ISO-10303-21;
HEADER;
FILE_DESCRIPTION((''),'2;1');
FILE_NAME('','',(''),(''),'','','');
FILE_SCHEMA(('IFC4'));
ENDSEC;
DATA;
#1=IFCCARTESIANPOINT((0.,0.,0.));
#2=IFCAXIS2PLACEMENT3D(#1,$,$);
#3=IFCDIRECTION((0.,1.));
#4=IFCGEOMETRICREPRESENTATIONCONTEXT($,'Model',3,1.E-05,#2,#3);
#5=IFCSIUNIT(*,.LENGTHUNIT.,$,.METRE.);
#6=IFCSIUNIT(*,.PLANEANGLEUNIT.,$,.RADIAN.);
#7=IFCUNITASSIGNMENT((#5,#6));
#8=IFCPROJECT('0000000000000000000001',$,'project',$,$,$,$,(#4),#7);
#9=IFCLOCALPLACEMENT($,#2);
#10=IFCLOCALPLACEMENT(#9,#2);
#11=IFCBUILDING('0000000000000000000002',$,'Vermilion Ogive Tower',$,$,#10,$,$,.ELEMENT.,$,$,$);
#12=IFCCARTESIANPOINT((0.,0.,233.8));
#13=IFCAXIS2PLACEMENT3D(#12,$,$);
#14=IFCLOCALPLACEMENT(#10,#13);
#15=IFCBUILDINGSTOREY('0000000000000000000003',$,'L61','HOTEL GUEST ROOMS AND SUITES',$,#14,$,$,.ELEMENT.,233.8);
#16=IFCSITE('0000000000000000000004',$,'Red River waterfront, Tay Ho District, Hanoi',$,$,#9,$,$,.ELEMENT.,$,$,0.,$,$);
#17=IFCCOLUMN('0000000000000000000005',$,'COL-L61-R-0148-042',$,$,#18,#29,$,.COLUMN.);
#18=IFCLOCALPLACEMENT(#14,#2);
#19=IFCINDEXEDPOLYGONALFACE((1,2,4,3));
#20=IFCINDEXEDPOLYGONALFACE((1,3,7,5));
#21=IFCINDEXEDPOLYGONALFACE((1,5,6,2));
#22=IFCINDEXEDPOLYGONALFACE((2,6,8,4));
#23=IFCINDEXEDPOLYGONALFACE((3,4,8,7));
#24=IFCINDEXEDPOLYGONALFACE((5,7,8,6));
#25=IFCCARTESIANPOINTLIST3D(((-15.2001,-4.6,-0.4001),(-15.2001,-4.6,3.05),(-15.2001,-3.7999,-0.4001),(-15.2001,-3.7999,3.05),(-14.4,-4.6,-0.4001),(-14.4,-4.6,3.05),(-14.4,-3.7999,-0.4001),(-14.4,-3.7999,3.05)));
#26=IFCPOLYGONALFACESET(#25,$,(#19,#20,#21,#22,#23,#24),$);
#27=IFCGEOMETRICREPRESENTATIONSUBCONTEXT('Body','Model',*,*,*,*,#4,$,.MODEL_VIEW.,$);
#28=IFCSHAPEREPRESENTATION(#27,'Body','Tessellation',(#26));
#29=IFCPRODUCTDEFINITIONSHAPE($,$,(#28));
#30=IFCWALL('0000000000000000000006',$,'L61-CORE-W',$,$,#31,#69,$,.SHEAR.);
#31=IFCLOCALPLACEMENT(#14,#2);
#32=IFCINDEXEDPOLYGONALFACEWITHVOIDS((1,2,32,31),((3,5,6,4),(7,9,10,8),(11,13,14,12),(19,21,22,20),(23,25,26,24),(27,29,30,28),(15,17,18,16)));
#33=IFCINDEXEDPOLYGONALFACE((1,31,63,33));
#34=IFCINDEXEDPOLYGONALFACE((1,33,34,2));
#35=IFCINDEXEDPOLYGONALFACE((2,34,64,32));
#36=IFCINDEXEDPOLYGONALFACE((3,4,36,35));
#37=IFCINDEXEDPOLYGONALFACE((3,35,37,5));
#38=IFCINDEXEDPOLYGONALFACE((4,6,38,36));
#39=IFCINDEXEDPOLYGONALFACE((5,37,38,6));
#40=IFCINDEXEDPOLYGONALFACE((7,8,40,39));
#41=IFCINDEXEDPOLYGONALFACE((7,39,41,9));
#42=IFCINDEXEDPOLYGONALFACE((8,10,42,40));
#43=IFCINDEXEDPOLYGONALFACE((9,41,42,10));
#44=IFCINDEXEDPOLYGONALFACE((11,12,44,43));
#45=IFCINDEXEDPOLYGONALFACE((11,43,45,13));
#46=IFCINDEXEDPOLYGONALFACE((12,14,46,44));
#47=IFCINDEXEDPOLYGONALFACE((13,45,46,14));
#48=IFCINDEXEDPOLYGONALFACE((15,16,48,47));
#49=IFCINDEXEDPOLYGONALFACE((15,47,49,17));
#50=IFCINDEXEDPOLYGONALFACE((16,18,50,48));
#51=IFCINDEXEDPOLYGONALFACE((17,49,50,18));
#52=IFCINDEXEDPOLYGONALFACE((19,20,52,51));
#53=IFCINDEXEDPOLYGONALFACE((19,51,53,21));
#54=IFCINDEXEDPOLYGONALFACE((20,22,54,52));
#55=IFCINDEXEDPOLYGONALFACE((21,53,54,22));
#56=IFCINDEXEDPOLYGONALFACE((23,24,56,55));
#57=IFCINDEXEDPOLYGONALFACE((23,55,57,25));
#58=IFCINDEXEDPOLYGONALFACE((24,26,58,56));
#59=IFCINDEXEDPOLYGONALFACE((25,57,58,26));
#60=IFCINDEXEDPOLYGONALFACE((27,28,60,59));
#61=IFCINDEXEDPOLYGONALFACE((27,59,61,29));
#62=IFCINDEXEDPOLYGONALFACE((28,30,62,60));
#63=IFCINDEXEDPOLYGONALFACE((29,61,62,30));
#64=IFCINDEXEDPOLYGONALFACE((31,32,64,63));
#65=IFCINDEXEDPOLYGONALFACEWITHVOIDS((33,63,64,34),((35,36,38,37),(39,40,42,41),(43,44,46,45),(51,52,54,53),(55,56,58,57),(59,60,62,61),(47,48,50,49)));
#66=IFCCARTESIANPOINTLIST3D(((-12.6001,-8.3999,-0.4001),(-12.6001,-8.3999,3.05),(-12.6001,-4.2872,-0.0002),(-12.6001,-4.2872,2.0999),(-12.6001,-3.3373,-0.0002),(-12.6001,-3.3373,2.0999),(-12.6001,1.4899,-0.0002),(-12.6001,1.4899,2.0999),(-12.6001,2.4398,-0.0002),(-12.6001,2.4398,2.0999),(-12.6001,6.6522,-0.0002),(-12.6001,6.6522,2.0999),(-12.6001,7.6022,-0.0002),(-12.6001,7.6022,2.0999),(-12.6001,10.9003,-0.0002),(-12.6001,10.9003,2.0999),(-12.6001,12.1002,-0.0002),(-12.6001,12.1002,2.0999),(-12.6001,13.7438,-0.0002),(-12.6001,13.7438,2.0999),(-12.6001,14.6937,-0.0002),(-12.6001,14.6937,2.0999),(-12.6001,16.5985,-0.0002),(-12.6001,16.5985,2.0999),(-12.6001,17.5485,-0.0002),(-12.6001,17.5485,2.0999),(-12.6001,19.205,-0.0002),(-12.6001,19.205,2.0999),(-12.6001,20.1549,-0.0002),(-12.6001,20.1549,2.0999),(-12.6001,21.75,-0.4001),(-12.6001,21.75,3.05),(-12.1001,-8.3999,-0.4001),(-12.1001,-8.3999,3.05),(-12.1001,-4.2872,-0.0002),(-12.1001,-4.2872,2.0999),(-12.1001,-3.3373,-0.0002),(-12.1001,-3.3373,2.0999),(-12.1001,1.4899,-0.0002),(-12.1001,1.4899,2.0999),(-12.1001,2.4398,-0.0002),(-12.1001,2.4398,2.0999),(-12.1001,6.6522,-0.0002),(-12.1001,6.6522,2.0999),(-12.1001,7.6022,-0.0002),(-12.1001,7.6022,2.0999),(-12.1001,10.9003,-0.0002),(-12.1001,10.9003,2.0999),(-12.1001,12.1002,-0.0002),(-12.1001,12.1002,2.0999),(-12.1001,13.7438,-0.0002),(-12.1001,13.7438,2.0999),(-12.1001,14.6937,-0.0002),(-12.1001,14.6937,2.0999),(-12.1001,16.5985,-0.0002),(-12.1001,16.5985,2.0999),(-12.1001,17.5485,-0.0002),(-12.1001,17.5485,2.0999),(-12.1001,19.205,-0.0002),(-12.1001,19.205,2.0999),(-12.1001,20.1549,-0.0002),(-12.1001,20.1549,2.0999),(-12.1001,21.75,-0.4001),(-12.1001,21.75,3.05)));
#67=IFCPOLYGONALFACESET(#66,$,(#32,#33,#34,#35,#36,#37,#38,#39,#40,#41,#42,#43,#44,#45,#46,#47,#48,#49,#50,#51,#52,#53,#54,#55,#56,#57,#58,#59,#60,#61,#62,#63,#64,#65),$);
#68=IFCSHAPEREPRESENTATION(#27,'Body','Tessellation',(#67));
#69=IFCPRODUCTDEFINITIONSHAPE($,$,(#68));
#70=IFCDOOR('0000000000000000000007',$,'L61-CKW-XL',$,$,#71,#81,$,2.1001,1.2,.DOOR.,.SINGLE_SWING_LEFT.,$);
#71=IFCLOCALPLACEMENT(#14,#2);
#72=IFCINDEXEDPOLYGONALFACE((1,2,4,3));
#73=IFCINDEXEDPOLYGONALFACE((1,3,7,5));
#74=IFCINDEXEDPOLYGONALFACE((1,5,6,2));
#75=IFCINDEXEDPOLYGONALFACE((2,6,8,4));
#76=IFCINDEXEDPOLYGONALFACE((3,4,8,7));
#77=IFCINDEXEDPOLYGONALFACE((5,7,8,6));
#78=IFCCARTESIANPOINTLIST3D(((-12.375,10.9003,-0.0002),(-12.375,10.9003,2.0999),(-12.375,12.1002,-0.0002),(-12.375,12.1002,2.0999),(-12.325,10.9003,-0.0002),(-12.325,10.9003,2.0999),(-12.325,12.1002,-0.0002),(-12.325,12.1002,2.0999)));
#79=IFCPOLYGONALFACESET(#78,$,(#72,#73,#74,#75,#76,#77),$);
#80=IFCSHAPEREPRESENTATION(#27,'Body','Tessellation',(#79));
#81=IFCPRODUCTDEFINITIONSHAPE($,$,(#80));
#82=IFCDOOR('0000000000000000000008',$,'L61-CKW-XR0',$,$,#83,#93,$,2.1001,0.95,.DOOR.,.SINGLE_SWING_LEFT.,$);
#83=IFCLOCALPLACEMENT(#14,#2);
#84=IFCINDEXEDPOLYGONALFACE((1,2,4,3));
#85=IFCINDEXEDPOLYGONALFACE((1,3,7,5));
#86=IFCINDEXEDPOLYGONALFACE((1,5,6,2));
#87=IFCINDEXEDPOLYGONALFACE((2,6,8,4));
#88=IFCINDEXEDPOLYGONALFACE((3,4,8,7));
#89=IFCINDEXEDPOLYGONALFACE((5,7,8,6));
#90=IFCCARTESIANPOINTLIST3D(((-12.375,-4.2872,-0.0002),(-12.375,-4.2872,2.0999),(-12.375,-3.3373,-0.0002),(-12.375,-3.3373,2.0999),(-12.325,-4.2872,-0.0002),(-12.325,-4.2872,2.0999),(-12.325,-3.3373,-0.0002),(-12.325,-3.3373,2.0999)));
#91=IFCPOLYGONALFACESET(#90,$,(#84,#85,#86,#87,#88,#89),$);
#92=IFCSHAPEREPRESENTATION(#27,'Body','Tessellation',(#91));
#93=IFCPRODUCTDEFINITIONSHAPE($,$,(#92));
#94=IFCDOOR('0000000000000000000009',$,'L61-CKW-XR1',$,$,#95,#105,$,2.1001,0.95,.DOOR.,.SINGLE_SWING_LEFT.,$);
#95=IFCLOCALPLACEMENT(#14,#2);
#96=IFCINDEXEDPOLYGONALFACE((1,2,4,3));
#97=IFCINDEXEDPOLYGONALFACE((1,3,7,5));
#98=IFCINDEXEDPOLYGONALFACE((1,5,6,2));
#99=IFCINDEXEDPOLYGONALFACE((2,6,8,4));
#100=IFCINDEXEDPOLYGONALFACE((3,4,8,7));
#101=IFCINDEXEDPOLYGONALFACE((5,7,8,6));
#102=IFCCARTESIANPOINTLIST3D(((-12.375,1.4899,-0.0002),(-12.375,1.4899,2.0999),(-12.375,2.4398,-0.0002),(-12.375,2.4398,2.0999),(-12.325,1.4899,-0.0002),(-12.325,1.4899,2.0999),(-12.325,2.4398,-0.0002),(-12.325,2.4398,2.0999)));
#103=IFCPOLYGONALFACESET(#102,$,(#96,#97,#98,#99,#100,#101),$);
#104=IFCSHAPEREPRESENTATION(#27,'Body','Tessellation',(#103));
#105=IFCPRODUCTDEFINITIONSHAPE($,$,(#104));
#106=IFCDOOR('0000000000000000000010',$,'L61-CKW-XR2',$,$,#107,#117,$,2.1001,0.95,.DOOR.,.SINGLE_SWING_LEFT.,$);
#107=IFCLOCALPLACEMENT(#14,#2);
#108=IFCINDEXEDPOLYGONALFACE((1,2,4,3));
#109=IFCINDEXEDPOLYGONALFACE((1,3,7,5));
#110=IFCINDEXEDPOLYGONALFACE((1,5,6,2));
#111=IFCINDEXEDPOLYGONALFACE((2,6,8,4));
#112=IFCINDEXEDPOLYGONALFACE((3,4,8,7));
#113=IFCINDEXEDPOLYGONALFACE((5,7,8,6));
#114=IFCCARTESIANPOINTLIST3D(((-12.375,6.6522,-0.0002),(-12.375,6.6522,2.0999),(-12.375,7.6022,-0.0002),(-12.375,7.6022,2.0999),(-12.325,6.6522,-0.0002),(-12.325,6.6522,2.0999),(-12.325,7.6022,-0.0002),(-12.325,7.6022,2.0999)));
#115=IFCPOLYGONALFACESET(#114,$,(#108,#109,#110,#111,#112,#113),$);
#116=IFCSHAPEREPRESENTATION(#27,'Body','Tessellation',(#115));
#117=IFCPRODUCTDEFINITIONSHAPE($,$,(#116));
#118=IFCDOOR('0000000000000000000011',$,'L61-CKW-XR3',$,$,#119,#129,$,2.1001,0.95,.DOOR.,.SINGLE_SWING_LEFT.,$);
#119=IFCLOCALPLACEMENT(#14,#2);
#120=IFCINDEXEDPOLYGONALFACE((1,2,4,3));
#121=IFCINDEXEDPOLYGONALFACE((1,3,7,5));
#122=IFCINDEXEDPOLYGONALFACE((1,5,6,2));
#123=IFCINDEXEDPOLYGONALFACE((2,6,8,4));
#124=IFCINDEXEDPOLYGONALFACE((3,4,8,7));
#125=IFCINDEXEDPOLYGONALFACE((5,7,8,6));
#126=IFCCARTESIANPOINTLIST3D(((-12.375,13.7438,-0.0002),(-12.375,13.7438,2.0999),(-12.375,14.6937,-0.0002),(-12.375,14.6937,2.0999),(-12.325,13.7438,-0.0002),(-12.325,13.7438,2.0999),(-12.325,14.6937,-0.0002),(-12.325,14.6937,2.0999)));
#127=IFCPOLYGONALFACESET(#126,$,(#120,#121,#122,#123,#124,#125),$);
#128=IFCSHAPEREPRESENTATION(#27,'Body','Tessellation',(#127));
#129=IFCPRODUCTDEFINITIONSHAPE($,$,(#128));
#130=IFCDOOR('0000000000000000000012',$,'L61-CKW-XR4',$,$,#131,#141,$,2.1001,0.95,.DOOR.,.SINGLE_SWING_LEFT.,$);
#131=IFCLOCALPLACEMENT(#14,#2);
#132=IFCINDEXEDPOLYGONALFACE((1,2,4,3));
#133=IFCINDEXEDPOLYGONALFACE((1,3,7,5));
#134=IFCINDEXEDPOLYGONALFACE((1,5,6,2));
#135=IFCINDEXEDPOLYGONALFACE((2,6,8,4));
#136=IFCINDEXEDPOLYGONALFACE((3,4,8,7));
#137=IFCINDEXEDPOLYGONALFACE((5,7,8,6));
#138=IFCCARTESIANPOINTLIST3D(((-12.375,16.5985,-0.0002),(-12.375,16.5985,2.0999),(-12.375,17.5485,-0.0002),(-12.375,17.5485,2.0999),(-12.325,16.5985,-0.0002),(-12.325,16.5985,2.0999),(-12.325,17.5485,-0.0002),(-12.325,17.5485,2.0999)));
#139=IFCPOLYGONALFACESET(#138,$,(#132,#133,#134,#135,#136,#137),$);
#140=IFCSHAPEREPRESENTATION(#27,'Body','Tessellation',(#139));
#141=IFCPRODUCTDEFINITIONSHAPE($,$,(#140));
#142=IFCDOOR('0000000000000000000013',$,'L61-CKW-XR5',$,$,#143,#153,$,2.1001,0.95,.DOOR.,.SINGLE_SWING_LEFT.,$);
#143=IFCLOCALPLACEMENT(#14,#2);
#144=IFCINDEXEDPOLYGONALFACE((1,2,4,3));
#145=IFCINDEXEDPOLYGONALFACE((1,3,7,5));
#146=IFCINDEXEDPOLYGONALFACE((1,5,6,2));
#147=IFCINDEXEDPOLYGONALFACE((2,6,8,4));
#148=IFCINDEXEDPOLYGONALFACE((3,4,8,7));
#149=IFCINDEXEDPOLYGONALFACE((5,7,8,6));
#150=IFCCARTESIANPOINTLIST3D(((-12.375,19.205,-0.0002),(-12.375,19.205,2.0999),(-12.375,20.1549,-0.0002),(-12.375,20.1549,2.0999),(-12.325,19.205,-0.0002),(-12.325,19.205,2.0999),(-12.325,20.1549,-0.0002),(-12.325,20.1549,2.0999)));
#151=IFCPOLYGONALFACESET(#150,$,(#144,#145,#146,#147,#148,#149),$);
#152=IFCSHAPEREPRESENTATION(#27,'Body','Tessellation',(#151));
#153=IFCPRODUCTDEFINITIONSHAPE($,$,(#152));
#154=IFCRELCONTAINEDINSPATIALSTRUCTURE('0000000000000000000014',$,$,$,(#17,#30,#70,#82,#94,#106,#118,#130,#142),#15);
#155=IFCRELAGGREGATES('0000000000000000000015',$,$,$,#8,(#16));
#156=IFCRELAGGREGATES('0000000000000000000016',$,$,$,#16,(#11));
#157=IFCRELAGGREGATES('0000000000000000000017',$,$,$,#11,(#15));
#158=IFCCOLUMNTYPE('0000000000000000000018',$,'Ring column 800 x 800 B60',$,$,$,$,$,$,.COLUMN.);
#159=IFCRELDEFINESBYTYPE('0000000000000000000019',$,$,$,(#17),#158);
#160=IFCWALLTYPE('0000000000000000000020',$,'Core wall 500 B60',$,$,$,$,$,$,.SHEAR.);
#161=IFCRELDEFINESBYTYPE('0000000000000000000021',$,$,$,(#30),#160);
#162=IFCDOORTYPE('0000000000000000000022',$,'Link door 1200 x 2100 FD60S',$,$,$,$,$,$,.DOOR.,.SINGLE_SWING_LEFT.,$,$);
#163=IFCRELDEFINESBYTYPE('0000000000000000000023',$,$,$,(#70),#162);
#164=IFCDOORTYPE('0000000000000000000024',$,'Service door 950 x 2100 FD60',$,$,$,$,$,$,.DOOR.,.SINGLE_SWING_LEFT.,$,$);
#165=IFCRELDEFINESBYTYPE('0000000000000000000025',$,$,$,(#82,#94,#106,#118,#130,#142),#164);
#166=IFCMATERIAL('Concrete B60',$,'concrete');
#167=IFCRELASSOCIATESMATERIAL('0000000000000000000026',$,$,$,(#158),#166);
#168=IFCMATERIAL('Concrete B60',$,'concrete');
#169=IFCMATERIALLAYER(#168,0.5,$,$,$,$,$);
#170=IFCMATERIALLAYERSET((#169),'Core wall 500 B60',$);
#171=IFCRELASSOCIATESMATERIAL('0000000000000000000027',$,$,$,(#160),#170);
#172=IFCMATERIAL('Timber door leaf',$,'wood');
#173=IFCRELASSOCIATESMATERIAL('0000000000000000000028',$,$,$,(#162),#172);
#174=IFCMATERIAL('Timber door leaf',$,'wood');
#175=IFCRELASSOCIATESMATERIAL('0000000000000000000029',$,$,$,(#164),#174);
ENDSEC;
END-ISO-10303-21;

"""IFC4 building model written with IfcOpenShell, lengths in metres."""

from ifc_helpers import new_model, si_unit, direction, frame, frame_2d, origin, origin_2d, place, context, subcontext, project, spatial, rectangle, extrude, material, layer, layer_set, material_profile, profile_set, type_object, element, fill, save


model = new_model("IFC4")

# Units and contexts
model_context = context("Model", 3, precision=1e-05, world=origin(), true_north=direction((0.0, 1.0)))
body_context = subcontext(model_context, "Body", "Model", "MODEL_VIEW")
ifc_project = project(units=[si_unit("LENGTHUNIT", "METRE"), si_unit("PLANEANGLEUNIT", "RADIAN")], contexts=[model_context])

# Site, building, storey
site_placement = place(None, origin())
site = spatial("IfcSite", under=ifc_project, at=site_placement, Name="Red River waterfront, Tay Ho District, Hanoi", CompositionType="ELEMENT", RefElevation=0.0)
building_placement = place(site_placement, origin())
building = spatial("IfcBuilding", under=site, at=building_placement, Name="Vermilion Ogive Tower", CompositionType="ELEMENT")
storey_placement = place(building_placement, frame((0.0, 0.0, 233.8)))
storey = spatial("IfcBuildingStorey", under=building, at=storey_placement, Name="L61", Description="HOTEL GUEST ROOMS AND SUITES", CompositionType="ELEMENT", Elevation=233.8)

# Column
ifc_material_1 = material(Name="Concrete B60", Category="concrete")
ifc_material_profile = material_profile(ifc_material_1, rectangle(XDim=0.8, YDim=0.8, at=origin_2d()), Name="800 x 800")
ifc_profile_set = profile_set([ifc_material_profile], Name="Concrete B60")
column_type = type_object("IfcColumnType", Name="Ring column 800 x 800 B60", PredefinedType="COLUMN", material=ifc_profile_set)
column_placement = place(storey_placement, frame((-14.8, -4.2, -0.4001), z_axis=(0.0, 0.0, 1.0), x_axis=(1.0, 0.0, 0.0)))
element("IfcColumn", 1, at=column_placement, inside=storey, type_object=column_type, Name="COL-L61-R-0148-042", PredefinedType="COLUMN", context=body_context, shape_type="SweptSolid", body=[
    extrude(rectangle(XDim=0.8, YDim=0.8, at=origin_2d()), origin(), (0.0, 0.0, 1.0), 3.4502),
])

# Wall, openings, doors
ifc_material_2 = material(Name="Concrete B60", Category="concrete")
ifc_layer_1 = layer(ifc_material_2, 0.5)
ifc_layer_set_1 = layer_set([ifc_layer_1], Name="Core wall 500 B60")
wall_type_1 = type_object("IfcWallType", Name="Core wall 500 B60", PredefinedType="SHEAR", material=ifc_layer_set_1)
wall_1_placement = place(storey_placement, frame((-12.3501, -8.3999, -0.4001), z_axis=(0.0, 0.0, 1.0), x_axis=(0.0, 1.0, 0.0)))
wall_1 = element("IfcWall", 2, at=wall_1_placement, inside=storey, type_object=wall_type_1, Name="L61-CORE-W", PredefinedType="SHEAR", context=body_context, shape_type="SweptSolid", body=[
    extrude(rectangle(XDim=30.1499, YDim=0.5, at=frame_2d((15.075, 0.0))), origin(), (0.0, 0.0, 1.0), 3.4502),
])
opening_1_placement = place(wall_1_placement, frame((4.1125, 0.0, 0.3999)))
opening_1 = element("IfcOpeningElement", 3, at=opening_1_placement, cuts=wall_1, PredefinedType="OPENING", context=body_context, shape_type="SweptSolid", body=[
    extrude(rectangle(XDim=0.95, YDim=2.1001, at=frame_2d((0.4751, 1.05))), frame((0.0, 0.26, 0.0), z_axis=(0.0, -1.0, 0.0), x_axis=(1.0, 0.0, 0.0)), (0.0, 0.0, 1.0), 0.52),
])
opening_2_placement = place(wall_1_placement, frame((9.8896, 0.0, 0.3999)))
opening_2 = element("IfcOpeningElement", 4, at=opening_2_placement, cuts=wall_1, PredefinedType="OPENING", context=body_context, shape_type="SweptSolid", body=[
    extrude(rectangle(XDim=0.95, YDim=2.1001, at=frame_2d((0.4751, 1.05))), frame((0.0, 0.26, 0.0), z_axis=(0.0, -1.0, 0.0), x_axis=(1.0, 0.0, 0.0)), (0.0, 0.0, 1.0), 0.52),
])
opening_3_placement = place(wall_1_placement, frame((15.052, 0.0, 0.3999)))
opening_3 = element("IfcOpeningElement", 5, at=opening_3_placement, cuts=wall_1, PredefinedType="OPENING", context=body_context, shape_type="SweptSolid", body=[
    extrude(rectangle(XDim=0.95, YDim=2.1001, at=frame_2d((0.4751, 1.05))), frame((0.0, 0.26, 0.0), z_axis=(0.0, -1.0, 0.0), x_axis=(1.0, 0.0, 0.0)), (0.0, 0.0, 1.0), 0.52),
])
opening_4_placement = place(wall_1_placement, frame((22.1436, 0.0, 0.3999)))
opening_4 = element("IfcOpeningElement", 6, at=opening_4_placement, cuts=wall_1, PredefinedType="OPENING", context=body_context, shape_type="SweptSolid", body=[
    extrude(rectangle(XDim=0.95, YDim=2.1001, at=frame_2d((0.4751, 1.05))), frame((0.0, 0.26, 0.0), z_axis=(0.0, -1.0, 0.0), x_axis=(1.0, 0.0, 0.0)), (0.0, 0.0, 1.0), 0.52),
])
opening_5_placement = place(wall_1_placement, frame((24.9983, 0.0, 0.3999)))
opening_5 = element("IfcOpeningElement", 7, at=opening_5_placement, cuts=wall_1, PredefinedType="OPENING", context=body_context, shape_type="SweptSolid", body=[
    extrude(rectangle(XDim=0.95, YDim=2.1001, at=frame_2d((0.4751, 1.05))), frame((0.0, 0.26, 0.0), z_axis=(0.0, -1.0, 0.0), x_axis=(1.0, 0.0, 0.0)), (0.0, 0.0, 1.0), 0.52),
])
opening_6_placement = place(wall_1_placement, frame((27.6047, 0.0, 0.3999)))
opening_6 = element("IfcOpeningElement", 8, at=opening_6_placement, cuts=wall_1, PredefinedType="OPENING", context=body_context, shape_type="SweptSolid", body=[
    extrude(rectangle(XDim=0.95, YDim=2.1001, at=frame_2d((0.4751, 1.05))), frame((0.0, 0.26, 0.0), z_axis=(0.0, -1.0, 0.0), x_axis=(1.0, 0.0, 0.0)), (0.0, 0.0, 1.0), 0.52),
])
opening_7_placement = place(wall_1_placement, frame((19.3, 0.0, 0.3999)))
opening_7 = element("IfcOpeningElement", 9, at=opening_7_placement, cuts=wall_1, PredefinedType="OPENING", context=body_context, shape_type="SweptSolid", body=[
    extrude(rectangle(XDim=1.2, YDim=2.1001, at=frame_2d((0.6001, 1.05))), frame((0.0, 0.26, 0.0), z_axis=(0.0, -1.0, 0.0), x_axis=(1.0, 0.0, 0.0)), (0.0, 0.0, 1.0), 0.52),
])
ifc_material_3 = material(Name="Timber door leaf", Category="wood")
door_type_1 = type_object("IfcDoorType", Name="Link door 1200 x 2100 FD60S", OperationType="SINGLE_SWING_LEFT", PredefinedType="DOOR", material=ifc_material_3)
door_1_placement = place(opening_7_placement, origin())
door_1 = element("IfcDoor", 10, at=door_1_placement, inside=storey, type_object=door_type_1, Name="L61-CKW-XL", OperationType="SINGLE_SWING_LEFT", OverallHeight=2.1001, OverallWidth=1.2, PredefinedType="DOOR", context=body_context, shape_type="SweptSolid", body=[
    extrude(rectangle(XDim=1.2, YDim=2.1001, at=frame_2d((0.6001, 1.05))), frame((0.0, 0.0249, 0.0), z_axis=(0.0, -1.0, 0.0), x_axis=(1.0, 0.0, 0.0)), (0.0, 0.0, 1.0), 0.05),
])
fill(opening_7, door_1)
ifc_material_4 = material(Name="Timber door leaf", Category="wood")
door_type_2 = type_object("IfcDoorType", Name="Service door 950 x 2100 FD60", OperationType="SINGLE_SWING_LEFT", PredefinedType="DOOR", material=ifc_material_4)
door_2_placement = place(opening_1_placement, origin())
door_2 = element("IfcDoor", 11, at=door_2_placement, inside=storey, type_object=door_type_2, Name="L61-CKW-XR0", OperationType="SINGLE_SWING_LEFT", OverallHeight=2.1001, OverallWidth=0.95, PredefinedType="DOOR", context=body_context, shape_type="SweptSolid", body=[
    extrude(rectangle(XDim=0.95, YDim=2.1001, at=frame_2d((0.4751, 1.05))), frame((0.0, 0.0249, 0.0), z_axis=(0.0, -1.0, 0.0), x_axis=(1.0, 0.0, 0.0)), (0.0, 0.0, 1.0), 0.05),
])
fill(opening_1, door_2)
door_3_placement = place(opening_2_placement, origin())
door_3 = element("IfcDoor", 12, at=door_3_placement, inside=storey, type_object=door_type_2, Name="L61-CKW-XR1", OperationType="SINGLE_SWING_LEFT", OverallHeight=2.1001, OverallWidth=0.95, PredefinedType="DOOR", context=body_context, shape_type="SweptSolid", body=[
    extrude(rectangle(XDim=0.95, YDim=2.1001, at=frame_2d((0.4751, 1.05))), frame((0.0, 0.0249, 0.0), z_axis=(0.0, -1.0, 0.0), x_axis=(1.0, 0.0, 0.0)), (0.0, 0.0, 1.0), 0.05),
])
fill(opening_2, door_3)
door_4_placement = place(opening_3_placement, origin())
door_4 = element("IfcDoor", 13, at=door_4_placement, inside=storey, type_object=door_type_2, Name="L61-CKW-XR2", OperationType="SINGLE_SWING_LEFT", OverallHeight=2.1001, OverallWidth=0.95, PredefinedType="DOOR", context=body_context, shape_type="SweptSolid", body=[
    extrude(rectangle(XDim=0.95, YDim=2.1001, at=frame_2d((0.4751, 1.05))), frame((0.0, 0.0249, 0.0), z_axis=(0.0, -1.0, 0.0), x_axis=(1.0, 0.0, 0.0)), (0.0, 0.0, 1.0), 0.05),
])
fill(opening_3, door_4)
door_5_placement = place(opening_4_placement, origin())
door_5 = element("IfcDoor", 14, at=door_5_placement, inside=storey, type_object=door_type_2, Name="L61-CKW-XR3", OperationType="SINGLE_SWING_LEFT", OverallHeight=2.1001, OverallWidth=0.95, PredefinedType="DOOR", context=body_context, shape_type="SweptSolid", body=[
    extrude(rectangle(XDim=0.95, YDim=2.1001, at=frame_2d((0.4751, 1.05))), frame((0.0, 0.0249, 0.0), z_axis=(0.0, -1.0, 0.0), x_axis=(1.0, 0.0, 0.0)), (0.0, 0.0, 1.0), 0.05),
])
fill(opening_4, door_5)
door_6_placement = place(opening_5_placement, origin())
door_6 = element("IfcDoor", 15, at=door_6_placement, inside=storey, type_object=door_type_2, Name="L61-CKW-XR4", OperationType="SINGLE_SWING_LEFT", OverallHeight=2.1001, OverallWidth=0.95, PredefinedType="DOOR", context=body_context, shape_type="SweptSolid", body=[
    extrude(rectangle(XDim=0.95, YDim=2.1001, at=frame_2d((0.4751, 1.05))), frame((0.0, 0.0249, 0.0), z_axis=(0.0, -1.0, 0.0), x_axis=(1.0, 0.0, 0.0)), (0.0, 0.0, 1.0), 0.05),
])
fill(opening_5, door_6)
door_7_placement = place(opening_6_placement, origin())
door_7 = element("IfcDoor", 16, at=door_7_placement, inside=storey, type_object=door_type_2, Name="L61-CKW-XR5", OperationType="SINGLE_SWING_LEFT", OverallHeight=2.1001, OverallWidth=0.95, PredefinedType="DOOR", context=body_context, shape_type="SweptSolid", body=[
    extrude(rectangle(XDim=0.95, YDim=2.1001, at=frame_2d((0.4751, 1.05))), frame((0.0, 0.0249, 0.0), z_axis=(0.0, -1.0, 0.0), x_axis=(1.0, 0.0, 0.0)), (0.0, 0.0, 1.0), 0.05),
])
fill(opening_6, door_7)

save(model, "model.ifc")
